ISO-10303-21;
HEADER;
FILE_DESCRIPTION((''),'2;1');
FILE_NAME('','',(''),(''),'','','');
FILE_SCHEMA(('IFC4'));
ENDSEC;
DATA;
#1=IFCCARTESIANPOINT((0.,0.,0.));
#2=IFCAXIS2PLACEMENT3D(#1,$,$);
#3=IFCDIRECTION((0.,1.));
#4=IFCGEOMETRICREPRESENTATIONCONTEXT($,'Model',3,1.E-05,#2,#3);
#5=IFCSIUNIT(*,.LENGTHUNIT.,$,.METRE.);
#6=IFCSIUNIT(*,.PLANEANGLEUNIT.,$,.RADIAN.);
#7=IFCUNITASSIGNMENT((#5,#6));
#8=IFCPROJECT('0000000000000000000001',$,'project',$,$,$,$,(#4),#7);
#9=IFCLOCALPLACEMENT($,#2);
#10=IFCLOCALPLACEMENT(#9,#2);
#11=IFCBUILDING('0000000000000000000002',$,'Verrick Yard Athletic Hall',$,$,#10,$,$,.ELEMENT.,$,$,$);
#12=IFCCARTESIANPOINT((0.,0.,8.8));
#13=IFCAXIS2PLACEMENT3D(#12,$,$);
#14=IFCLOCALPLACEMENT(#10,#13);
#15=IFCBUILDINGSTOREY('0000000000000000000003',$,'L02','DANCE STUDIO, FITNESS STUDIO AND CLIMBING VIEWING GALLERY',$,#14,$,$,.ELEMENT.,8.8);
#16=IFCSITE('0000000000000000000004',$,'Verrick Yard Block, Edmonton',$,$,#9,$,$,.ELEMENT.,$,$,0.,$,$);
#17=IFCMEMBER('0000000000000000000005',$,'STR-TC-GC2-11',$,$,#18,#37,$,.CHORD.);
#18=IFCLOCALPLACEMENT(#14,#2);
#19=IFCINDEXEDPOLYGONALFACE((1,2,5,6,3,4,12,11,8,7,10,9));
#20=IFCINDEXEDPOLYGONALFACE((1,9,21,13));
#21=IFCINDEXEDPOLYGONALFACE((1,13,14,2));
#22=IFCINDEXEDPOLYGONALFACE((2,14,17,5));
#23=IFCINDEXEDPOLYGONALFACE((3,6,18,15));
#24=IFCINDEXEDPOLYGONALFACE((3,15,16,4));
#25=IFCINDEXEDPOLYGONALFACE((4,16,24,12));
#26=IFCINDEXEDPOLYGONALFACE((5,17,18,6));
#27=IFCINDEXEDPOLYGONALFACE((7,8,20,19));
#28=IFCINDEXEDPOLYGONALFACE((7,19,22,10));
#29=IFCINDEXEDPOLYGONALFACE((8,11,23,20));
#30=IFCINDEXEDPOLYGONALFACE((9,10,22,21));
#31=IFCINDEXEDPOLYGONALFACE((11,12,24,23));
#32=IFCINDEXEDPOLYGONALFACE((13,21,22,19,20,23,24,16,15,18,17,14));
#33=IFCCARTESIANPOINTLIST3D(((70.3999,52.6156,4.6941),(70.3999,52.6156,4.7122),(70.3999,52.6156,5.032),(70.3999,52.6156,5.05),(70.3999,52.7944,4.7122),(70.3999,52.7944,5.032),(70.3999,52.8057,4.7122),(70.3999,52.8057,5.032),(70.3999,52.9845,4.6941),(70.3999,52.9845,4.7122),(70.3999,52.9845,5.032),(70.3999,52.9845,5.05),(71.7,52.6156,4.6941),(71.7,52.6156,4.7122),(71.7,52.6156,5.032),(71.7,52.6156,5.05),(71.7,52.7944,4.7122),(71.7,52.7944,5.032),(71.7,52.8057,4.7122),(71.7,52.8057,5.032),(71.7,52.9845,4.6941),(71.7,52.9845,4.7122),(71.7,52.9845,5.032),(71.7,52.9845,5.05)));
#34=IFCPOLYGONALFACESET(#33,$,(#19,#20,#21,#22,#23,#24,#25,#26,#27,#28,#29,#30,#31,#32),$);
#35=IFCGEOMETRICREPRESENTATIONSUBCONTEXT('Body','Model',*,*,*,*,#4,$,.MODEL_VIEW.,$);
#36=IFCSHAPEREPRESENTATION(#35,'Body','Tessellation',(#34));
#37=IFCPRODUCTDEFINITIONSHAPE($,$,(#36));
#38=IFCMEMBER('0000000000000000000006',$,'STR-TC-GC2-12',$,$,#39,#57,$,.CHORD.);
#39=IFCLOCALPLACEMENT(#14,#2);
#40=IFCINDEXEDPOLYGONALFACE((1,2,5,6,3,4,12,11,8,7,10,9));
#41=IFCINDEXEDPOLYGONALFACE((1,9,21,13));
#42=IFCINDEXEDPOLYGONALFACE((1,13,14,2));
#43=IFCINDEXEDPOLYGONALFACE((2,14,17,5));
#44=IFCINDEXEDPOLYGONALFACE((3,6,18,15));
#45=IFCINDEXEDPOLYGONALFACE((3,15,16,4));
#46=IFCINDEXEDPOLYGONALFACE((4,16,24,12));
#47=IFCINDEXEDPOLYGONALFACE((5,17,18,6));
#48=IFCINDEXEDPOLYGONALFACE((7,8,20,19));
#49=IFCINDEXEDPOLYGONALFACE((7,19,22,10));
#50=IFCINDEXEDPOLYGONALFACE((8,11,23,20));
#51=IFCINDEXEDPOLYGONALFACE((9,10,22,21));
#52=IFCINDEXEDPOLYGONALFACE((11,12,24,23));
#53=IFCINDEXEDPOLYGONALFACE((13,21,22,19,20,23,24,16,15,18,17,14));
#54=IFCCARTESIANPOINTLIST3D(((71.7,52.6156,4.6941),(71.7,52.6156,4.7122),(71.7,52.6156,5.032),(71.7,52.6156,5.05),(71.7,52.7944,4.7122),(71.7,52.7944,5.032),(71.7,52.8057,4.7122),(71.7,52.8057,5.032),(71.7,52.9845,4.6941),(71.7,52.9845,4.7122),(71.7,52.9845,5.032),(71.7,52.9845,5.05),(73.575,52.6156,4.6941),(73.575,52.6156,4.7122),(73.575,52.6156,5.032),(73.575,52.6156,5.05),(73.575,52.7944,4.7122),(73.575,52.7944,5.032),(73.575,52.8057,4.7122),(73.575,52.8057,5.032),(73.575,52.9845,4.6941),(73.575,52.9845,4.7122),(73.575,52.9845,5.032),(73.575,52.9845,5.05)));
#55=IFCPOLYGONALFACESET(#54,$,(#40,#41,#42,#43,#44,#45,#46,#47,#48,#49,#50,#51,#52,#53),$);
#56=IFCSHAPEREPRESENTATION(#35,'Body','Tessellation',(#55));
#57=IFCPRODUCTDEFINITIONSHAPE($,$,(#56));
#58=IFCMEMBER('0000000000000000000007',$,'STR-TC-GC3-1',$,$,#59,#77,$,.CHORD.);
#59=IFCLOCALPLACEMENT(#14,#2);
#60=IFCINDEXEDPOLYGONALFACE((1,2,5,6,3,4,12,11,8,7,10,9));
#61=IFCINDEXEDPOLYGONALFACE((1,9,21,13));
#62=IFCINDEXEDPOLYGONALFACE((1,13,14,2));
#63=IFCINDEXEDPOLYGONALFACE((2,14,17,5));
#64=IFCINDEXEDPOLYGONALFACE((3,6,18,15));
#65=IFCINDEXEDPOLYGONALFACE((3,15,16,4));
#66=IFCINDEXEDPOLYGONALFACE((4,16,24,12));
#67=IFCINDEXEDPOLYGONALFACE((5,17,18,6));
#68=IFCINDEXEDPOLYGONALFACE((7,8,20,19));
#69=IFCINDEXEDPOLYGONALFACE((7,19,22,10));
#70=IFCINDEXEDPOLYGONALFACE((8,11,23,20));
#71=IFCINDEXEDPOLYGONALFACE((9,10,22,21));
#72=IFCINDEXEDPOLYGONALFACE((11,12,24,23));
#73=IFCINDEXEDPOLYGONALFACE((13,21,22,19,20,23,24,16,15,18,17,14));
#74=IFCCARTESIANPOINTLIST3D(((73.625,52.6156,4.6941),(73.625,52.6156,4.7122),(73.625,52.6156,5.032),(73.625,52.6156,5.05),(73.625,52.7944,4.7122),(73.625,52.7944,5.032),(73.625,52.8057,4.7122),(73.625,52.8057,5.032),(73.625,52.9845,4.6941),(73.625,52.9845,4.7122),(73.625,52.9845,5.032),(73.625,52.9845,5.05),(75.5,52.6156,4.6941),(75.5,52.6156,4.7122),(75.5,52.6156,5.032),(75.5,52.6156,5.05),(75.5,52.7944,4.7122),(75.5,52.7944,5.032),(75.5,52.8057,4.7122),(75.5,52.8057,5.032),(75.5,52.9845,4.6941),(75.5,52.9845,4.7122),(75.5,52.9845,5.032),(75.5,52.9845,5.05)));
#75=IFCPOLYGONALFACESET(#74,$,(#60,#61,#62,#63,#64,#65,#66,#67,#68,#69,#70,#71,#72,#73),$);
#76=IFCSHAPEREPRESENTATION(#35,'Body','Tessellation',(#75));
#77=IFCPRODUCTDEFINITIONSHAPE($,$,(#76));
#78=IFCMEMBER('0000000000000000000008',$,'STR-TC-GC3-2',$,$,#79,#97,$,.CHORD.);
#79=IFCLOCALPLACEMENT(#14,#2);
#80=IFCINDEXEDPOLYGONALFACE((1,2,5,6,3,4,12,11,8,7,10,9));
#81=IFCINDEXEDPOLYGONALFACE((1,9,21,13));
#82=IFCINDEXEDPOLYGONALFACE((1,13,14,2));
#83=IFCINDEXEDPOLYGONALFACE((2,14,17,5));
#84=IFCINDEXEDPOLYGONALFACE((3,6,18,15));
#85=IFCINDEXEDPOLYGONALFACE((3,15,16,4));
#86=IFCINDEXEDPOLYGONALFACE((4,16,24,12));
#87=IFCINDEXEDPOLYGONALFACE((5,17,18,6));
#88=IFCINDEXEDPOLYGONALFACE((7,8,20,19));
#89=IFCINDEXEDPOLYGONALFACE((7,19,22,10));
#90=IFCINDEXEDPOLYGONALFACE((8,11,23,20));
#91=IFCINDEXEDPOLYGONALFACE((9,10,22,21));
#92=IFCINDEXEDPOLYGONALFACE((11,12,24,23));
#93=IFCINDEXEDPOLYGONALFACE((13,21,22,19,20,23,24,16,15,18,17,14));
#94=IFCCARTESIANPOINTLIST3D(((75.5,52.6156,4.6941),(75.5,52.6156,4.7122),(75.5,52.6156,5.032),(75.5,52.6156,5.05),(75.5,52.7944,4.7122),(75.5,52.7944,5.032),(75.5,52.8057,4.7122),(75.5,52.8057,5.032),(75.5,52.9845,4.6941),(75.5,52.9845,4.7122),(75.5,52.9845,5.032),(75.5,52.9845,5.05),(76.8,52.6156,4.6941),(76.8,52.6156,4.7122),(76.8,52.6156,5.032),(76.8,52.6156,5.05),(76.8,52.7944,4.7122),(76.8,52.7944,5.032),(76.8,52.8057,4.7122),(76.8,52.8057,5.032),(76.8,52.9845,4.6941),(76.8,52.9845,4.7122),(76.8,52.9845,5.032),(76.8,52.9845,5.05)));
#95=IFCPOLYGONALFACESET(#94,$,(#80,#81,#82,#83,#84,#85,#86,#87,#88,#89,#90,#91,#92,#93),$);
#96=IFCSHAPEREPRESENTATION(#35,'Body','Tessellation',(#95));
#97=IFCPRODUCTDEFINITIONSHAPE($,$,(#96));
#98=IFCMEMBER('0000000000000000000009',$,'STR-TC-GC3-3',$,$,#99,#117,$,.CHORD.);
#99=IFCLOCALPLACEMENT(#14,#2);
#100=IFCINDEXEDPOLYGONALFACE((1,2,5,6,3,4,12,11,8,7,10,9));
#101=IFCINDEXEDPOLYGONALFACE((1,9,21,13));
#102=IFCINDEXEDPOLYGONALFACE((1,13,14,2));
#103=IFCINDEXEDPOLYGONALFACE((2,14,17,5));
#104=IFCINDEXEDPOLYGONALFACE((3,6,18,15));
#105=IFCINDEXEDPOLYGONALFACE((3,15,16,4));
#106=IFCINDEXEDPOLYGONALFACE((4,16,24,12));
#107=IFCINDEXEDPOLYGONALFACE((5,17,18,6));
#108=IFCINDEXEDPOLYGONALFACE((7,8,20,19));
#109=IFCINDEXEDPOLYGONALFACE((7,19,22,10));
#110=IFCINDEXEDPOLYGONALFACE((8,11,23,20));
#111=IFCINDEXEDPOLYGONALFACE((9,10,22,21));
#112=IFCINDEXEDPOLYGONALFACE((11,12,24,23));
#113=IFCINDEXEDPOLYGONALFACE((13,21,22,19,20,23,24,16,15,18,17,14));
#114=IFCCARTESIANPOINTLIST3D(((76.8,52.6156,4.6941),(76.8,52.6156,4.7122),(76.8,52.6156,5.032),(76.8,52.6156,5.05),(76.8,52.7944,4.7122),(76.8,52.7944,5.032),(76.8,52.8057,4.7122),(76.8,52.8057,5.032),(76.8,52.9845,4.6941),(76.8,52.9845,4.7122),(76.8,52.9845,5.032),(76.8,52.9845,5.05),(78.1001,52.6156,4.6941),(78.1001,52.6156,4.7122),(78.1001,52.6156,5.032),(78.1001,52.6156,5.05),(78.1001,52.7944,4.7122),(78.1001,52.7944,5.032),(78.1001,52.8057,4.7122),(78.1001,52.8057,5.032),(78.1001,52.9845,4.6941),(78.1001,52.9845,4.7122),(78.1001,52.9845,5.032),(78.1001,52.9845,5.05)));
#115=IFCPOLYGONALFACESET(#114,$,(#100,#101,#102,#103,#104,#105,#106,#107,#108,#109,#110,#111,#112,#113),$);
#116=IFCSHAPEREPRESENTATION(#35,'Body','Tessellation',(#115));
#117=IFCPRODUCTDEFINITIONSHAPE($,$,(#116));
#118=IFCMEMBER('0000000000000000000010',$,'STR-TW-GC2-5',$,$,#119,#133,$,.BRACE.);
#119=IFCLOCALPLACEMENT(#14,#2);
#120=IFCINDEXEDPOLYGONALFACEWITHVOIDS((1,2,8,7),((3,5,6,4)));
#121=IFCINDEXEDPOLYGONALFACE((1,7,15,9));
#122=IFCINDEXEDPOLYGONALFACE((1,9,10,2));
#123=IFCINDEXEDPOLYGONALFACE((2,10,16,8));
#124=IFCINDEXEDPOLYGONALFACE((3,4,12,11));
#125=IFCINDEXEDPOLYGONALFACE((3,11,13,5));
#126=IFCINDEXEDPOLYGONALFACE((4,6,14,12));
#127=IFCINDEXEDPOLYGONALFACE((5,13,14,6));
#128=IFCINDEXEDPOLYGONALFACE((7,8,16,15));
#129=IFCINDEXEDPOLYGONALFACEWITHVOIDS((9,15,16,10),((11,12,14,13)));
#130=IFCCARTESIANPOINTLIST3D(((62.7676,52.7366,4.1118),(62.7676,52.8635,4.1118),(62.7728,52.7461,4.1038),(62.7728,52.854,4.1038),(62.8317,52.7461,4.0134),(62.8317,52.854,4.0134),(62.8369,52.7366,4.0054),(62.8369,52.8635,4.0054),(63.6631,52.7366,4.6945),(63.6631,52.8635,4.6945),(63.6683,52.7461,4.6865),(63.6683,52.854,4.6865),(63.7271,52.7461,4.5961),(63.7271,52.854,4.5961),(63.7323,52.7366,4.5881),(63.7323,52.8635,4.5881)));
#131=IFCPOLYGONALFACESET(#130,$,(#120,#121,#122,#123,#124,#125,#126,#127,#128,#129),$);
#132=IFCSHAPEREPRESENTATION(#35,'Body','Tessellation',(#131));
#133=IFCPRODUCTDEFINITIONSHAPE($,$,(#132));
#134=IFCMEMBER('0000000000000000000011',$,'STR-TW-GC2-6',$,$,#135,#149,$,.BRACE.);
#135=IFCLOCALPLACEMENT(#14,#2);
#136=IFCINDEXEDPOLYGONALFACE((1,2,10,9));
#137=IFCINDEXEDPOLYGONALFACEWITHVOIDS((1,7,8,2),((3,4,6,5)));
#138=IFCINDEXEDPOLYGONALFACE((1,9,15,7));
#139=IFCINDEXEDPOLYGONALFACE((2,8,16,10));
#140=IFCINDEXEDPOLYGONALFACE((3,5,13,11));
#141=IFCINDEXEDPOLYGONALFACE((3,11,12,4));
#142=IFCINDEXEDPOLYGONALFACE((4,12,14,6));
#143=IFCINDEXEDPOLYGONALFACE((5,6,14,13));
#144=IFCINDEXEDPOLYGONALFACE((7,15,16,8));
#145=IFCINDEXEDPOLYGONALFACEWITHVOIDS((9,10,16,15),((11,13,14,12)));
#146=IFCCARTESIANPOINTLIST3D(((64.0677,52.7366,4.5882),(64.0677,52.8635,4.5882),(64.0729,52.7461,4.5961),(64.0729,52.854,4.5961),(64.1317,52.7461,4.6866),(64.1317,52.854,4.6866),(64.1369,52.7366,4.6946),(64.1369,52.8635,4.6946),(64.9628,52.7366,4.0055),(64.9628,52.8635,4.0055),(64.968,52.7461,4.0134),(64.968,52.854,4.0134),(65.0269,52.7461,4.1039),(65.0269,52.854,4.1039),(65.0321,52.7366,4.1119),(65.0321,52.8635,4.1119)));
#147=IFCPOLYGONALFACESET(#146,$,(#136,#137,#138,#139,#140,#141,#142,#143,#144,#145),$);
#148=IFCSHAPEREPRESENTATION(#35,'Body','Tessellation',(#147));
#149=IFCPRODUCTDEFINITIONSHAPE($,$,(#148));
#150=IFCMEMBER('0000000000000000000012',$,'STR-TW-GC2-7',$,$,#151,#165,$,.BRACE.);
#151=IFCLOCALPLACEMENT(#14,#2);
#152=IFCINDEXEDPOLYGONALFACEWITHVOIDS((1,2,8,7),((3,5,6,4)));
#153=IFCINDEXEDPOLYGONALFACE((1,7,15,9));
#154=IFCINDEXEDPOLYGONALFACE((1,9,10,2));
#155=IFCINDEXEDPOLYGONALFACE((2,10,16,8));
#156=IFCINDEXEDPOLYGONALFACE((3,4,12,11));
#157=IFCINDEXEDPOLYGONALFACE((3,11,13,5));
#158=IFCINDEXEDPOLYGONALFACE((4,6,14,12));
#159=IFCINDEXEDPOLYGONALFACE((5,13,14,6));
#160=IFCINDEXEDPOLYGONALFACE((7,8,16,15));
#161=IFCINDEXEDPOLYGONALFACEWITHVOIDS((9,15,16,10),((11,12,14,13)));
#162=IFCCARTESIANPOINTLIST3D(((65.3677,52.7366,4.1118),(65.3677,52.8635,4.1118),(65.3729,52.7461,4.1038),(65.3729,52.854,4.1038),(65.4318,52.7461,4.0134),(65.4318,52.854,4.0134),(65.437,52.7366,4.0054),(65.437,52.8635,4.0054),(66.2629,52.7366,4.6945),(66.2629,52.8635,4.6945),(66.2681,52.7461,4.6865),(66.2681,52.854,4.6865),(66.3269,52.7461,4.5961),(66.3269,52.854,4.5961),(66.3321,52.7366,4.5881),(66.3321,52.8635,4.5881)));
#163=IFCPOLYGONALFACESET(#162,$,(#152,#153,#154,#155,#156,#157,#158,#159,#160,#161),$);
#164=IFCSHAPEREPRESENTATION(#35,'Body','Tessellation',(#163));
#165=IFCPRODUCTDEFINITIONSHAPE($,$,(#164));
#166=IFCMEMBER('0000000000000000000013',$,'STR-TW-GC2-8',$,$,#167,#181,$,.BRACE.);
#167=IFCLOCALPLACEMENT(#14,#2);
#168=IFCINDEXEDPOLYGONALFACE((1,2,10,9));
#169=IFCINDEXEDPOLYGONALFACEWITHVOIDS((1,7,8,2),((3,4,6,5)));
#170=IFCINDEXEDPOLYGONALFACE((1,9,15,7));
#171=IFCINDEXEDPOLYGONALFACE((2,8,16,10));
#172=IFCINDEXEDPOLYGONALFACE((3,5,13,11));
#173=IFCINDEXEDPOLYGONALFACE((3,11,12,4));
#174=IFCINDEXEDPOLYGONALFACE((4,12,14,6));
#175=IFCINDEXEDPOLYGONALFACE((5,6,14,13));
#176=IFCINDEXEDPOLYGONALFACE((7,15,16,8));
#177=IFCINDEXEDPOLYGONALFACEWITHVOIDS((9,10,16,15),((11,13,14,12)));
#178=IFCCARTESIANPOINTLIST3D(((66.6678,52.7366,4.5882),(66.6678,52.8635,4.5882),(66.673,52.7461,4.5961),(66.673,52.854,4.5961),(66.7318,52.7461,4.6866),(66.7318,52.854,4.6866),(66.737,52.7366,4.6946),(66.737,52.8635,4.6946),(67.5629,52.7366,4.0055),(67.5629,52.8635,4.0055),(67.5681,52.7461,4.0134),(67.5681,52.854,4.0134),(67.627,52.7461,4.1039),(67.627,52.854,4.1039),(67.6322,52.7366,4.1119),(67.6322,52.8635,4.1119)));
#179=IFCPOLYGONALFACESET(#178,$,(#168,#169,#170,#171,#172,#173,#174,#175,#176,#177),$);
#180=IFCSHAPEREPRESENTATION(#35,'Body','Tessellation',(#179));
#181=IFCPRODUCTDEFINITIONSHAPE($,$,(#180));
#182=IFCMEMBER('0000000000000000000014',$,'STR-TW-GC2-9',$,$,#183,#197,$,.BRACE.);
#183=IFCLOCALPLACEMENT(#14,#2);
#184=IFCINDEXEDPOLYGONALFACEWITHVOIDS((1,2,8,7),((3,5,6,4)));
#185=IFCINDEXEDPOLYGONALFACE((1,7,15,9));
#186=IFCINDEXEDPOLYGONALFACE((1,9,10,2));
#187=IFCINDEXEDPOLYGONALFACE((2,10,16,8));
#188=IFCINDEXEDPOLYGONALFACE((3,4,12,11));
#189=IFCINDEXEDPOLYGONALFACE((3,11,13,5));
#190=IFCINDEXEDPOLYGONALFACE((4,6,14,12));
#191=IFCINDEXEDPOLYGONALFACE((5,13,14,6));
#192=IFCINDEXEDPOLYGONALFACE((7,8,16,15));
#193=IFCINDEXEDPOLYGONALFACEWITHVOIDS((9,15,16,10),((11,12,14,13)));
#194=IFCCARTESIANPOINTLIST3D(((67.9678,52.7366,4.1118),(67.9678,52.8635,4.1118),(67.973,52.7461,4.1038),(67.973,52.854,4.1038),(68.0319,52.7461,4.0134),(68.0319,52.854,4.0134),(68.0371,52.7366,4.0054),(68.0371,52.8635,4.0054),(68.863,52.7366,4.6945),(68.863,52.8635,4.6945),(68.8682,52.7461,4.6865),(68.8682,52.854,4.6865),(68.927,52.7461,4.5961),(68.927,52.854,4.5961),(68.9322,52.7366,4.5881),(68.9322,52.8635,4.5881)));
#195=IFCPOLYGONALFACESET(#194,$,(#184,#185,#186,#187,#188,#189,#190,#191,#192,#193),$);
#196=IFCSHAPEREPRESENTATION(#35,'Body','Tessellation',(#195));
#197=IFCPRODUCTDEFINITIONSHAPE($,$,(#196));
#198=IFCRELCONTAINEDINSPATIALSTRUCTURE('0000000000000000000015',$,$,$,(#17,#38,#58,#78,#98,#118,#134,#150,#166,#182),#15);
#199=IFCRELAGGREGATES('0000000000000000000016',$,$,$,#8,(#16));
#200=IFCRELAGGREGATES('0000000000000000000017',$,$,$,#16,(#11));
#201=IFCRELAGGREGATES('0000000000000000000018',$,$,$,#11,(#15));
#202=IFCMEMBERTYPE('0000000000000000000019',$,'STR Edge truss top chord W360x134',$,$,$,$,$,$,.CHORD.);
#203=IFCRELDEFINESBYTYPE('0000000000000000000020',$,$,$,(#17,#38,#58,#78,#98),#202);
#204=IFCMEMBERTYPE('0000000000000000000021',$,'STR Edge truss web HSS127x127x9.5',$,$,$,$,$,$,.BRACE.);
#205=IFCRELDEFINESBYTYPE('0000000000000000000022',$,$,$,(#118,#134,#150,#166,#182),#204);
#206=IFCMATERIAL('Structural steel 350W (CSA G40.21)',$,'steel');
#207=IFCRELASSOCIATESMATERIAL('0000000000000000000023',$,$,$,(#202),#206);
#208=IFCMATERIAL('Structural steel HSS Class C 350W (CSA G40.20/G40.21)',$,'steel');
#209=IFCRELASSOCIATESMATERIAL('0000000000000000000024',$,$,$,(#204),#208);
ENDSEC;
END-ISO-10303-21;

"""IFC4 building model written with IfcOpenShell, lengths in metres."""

from ifc_helpers import new_model, si_unit, direction, frame, origin, origin_2d, place, context, subcontext, project, spatial, hollow_rectangle, i_section, extrude, material, material_profile, profile_set, type_object, element, save


model = new_model("IFC4")

# Units and contexts
model_context = context("Model", 3, precision=1e-05, world=origin(), true_north=direction((0.0, 1.0)))
body_context = subcontext(model_context, "Body", "Model", "MODEL_VIEW")
ifc_project = project(units=[si_unit("LENGTHUNIT", "METRE"), si_unit("PLANEANGLEUNIT", "RADIAN")], contexts=[model_context])

# Site, building, storey
site_placement = place(None, origin())
site = spatial("IfcSite", under=ifc_project, at=site_placement, Name="Verrick Yard Block, Edmonton", CompositionType="ELEMENT", RefElevation=0.0)
building_placement = place(site_placement, origin())
building = spatial("IfcBuilding", under=site, at=building_placement, Name="Verrick Yard Athletic Hall", CompositionType="ELEMENT")
storey_placement = place(building_placement, frame((0.0, 0.0, 8.8)))
storey = spatial("IfcBuildingStorey", under=building, at=storey_placement, Name="L02", Description="DANCE STUDIO, FITNESS STUDIO AND CLIMBING VIEWING GALLERY", CompositionType="ELEMENT", Elevation=8.8)

# Members
ifc_material_1 = material(Name="Structural steel 350W (CSA G40.21)", Category="steel")
ifc_material_2 = material(Name="Structural steel HSS Class C 350W (CSA G40.20/G40.21)", Category="steel")
ifc_material_profile_1 = material_profile(ifc_material_1, i_section(OverallWidth=0.3689, OverallDepth=0.356, WebThickness=0.0112, FlangeThickness=0.0181, at=origin_2d()), Name="W360x134")
ifc_profile_set_1 = profile_set([ifc_material_profile_1], Name="Structural steel 350W (CSA G40.21)")
member_type_1 = type_object("IfcMemberType", Name="STR Edge truss top chord W360x134", PredefinedType="CHORD", material=ifc_profile_set_1)
member_1_placement = place(storey_placement, frame((70.3999, 52.8, 4.8721), z_axis=(1.0, 0.0, 0.0), x_axis=(0.0, 1.0, 0.0)))
element("IfcMember", 1, at=member_1_placement, inside=storey, type_object=member_type_1, Name="STR-TC-GC2-11", PredefinedType="CHORD", context=body_context, shape_type="SweptSolid", body=[
    extrude(i_section(OverallWidth=0.3689, OverallDepth=0.356, WebThickness=0.0112, FlangeThickness=0.0181, at=origin_2d()), origin(), (0.0, 0.0, 1.0), 1.3),
])
for number, where, z_axis, x_axis, name in (
    (2, (71.7, 52.8, 4.8721), (1.0, 0.0, 0.0), (0.0, 1.0, 0.0), "STR-TC-GC2-12"),
    (3, (73.625, 52.8, 4.8721), (1.0, 0.0, 0.0), (0.0, 1.0, 0.0), "STR-TC-GC3-1"),
):
    element("IfcMember", number, at=place(storey_placement, frame(where, z_axis=z_axis, x_axis=x_axis)), inside=storey, type_object=member_type_1, Name=name, PredefinedType="CHORD", context=body_context, shape_type="SweptSolid", body=[
        extrude(i_section(OverallWidth=0.3689, OverallDepth=0.356, WebThickness=0.0112, FlangeThickness=0.0181, at=origin_2d()), origin(), (0.0, 0.0, 1.0), 1.875),
    ])
for number, where, z_axis, x_axis, name in (
    (4, (75.5, 52.8, 4.8721), (1.0, 0.0, 0.0), (0.0, 1.0, 0.0), "STR-TC-GC3-2"),
    (5, (76.8, 52.8, 4.8721), (1.0, 0.0, 0.0), (0.0, 1.0, 0.0), "STR-TC-GC3-3"),
):
    element("IfcMember", number, at=place(storey_placement, frame(where, z_axis=z_axis, x_axis=x_axis)), inside=storey, type_object=member_type_1, Name=name, PredefinedType="CHORD", context=body_context, shape_type="SweptSolid", body=[
        extrude(i_section(OverallWidth=0.3689, OverallDepth=0.356, WebThickness=0.0112, FlangeThickness=0.0181, at=origin_2d()), origin(), (0.0, 0.0, 1.0), 1.3),
    ])
ifc_material_profile_2 = material_profile(ifc_material_2, hollow_rectangle(XDim=0.127, YDim=0.127, WallThickness=0.0095, at=origin_2d()), Name="HSS127x127x9.5")
ifc_profile_set_2 = profile_set([ifc_material_profile_2], Name="Structural steel HSS Class C 350W (CSA G40.20/G40.21)")
member_type_2 = type_object("IfcMemberType", Name="STR Edge truss web HSS127x127x9.5", PredefinedType="BRACE", material=ifc_profile_set_2)
member_2_placement = place(storey_placement, frame((62.8022, 52.8, 4.0586), z_axis=(0.838151, 0.0, 0.545438), x_axis=(0.0, 1.0, 0.0)))
element("IfcMember", 6, at=member_2_placement, inside=storey, type_object=member_type_2, Name="STR-TW-GC2-5", PredefinedType="BRACE", context=body_context, shape_type="SweptSolid", body=[
    extrude(hollow_rectangle(XDim=0.127, YDim=0.127, WallThickness=0.0095, at=origin_2d()), origin(), (0.0, 0.0, 1.0), 1.0684),
])
for number, where, z_axis, x_axis, name in (
    (7, (64.1023, 52.8, 4.6414), (0.838083, 0.0, -0.545543), (0.0, 1.0, 0.0), "STR-TW-GC2-6"),
    (8, (65.4023, 52.8, 4.0586), (0.838083, 0.0, 0.545543), (0.0, 1.0, 0.0), "STR-TW-GC2-7"),
    (9, (66.7024, 52.8, 4.6414), (0.838083, 0.0, -0.545543), (0.0, 1.0, 0.0), "STR-TW-GC2-8"),
    (10, (68.0024, 52.8, 4.0586), (0.838083, 0.0, 0.545543), (0.0, 1.0, 0.0), "STR-TW-GC2-9"),
):
    element("IfcMember", number, at=place(storey_placement, frame(where, z_axis=z_axis, x_axis=x_axis)), inside=storey, type_object=member_type_2, Name=name, PredefinedType="BRACE", context=body_context, shape_type="SweptSolid", body=[
        extrude(hollow_rectangle(XDim=0.127, YDim=0.127, WallThickness=0.0095, at=origin_2d()), origin(), (0.0, 0.0, 1.0), 1.0681),
    ])

save(model, "model.ifc")
